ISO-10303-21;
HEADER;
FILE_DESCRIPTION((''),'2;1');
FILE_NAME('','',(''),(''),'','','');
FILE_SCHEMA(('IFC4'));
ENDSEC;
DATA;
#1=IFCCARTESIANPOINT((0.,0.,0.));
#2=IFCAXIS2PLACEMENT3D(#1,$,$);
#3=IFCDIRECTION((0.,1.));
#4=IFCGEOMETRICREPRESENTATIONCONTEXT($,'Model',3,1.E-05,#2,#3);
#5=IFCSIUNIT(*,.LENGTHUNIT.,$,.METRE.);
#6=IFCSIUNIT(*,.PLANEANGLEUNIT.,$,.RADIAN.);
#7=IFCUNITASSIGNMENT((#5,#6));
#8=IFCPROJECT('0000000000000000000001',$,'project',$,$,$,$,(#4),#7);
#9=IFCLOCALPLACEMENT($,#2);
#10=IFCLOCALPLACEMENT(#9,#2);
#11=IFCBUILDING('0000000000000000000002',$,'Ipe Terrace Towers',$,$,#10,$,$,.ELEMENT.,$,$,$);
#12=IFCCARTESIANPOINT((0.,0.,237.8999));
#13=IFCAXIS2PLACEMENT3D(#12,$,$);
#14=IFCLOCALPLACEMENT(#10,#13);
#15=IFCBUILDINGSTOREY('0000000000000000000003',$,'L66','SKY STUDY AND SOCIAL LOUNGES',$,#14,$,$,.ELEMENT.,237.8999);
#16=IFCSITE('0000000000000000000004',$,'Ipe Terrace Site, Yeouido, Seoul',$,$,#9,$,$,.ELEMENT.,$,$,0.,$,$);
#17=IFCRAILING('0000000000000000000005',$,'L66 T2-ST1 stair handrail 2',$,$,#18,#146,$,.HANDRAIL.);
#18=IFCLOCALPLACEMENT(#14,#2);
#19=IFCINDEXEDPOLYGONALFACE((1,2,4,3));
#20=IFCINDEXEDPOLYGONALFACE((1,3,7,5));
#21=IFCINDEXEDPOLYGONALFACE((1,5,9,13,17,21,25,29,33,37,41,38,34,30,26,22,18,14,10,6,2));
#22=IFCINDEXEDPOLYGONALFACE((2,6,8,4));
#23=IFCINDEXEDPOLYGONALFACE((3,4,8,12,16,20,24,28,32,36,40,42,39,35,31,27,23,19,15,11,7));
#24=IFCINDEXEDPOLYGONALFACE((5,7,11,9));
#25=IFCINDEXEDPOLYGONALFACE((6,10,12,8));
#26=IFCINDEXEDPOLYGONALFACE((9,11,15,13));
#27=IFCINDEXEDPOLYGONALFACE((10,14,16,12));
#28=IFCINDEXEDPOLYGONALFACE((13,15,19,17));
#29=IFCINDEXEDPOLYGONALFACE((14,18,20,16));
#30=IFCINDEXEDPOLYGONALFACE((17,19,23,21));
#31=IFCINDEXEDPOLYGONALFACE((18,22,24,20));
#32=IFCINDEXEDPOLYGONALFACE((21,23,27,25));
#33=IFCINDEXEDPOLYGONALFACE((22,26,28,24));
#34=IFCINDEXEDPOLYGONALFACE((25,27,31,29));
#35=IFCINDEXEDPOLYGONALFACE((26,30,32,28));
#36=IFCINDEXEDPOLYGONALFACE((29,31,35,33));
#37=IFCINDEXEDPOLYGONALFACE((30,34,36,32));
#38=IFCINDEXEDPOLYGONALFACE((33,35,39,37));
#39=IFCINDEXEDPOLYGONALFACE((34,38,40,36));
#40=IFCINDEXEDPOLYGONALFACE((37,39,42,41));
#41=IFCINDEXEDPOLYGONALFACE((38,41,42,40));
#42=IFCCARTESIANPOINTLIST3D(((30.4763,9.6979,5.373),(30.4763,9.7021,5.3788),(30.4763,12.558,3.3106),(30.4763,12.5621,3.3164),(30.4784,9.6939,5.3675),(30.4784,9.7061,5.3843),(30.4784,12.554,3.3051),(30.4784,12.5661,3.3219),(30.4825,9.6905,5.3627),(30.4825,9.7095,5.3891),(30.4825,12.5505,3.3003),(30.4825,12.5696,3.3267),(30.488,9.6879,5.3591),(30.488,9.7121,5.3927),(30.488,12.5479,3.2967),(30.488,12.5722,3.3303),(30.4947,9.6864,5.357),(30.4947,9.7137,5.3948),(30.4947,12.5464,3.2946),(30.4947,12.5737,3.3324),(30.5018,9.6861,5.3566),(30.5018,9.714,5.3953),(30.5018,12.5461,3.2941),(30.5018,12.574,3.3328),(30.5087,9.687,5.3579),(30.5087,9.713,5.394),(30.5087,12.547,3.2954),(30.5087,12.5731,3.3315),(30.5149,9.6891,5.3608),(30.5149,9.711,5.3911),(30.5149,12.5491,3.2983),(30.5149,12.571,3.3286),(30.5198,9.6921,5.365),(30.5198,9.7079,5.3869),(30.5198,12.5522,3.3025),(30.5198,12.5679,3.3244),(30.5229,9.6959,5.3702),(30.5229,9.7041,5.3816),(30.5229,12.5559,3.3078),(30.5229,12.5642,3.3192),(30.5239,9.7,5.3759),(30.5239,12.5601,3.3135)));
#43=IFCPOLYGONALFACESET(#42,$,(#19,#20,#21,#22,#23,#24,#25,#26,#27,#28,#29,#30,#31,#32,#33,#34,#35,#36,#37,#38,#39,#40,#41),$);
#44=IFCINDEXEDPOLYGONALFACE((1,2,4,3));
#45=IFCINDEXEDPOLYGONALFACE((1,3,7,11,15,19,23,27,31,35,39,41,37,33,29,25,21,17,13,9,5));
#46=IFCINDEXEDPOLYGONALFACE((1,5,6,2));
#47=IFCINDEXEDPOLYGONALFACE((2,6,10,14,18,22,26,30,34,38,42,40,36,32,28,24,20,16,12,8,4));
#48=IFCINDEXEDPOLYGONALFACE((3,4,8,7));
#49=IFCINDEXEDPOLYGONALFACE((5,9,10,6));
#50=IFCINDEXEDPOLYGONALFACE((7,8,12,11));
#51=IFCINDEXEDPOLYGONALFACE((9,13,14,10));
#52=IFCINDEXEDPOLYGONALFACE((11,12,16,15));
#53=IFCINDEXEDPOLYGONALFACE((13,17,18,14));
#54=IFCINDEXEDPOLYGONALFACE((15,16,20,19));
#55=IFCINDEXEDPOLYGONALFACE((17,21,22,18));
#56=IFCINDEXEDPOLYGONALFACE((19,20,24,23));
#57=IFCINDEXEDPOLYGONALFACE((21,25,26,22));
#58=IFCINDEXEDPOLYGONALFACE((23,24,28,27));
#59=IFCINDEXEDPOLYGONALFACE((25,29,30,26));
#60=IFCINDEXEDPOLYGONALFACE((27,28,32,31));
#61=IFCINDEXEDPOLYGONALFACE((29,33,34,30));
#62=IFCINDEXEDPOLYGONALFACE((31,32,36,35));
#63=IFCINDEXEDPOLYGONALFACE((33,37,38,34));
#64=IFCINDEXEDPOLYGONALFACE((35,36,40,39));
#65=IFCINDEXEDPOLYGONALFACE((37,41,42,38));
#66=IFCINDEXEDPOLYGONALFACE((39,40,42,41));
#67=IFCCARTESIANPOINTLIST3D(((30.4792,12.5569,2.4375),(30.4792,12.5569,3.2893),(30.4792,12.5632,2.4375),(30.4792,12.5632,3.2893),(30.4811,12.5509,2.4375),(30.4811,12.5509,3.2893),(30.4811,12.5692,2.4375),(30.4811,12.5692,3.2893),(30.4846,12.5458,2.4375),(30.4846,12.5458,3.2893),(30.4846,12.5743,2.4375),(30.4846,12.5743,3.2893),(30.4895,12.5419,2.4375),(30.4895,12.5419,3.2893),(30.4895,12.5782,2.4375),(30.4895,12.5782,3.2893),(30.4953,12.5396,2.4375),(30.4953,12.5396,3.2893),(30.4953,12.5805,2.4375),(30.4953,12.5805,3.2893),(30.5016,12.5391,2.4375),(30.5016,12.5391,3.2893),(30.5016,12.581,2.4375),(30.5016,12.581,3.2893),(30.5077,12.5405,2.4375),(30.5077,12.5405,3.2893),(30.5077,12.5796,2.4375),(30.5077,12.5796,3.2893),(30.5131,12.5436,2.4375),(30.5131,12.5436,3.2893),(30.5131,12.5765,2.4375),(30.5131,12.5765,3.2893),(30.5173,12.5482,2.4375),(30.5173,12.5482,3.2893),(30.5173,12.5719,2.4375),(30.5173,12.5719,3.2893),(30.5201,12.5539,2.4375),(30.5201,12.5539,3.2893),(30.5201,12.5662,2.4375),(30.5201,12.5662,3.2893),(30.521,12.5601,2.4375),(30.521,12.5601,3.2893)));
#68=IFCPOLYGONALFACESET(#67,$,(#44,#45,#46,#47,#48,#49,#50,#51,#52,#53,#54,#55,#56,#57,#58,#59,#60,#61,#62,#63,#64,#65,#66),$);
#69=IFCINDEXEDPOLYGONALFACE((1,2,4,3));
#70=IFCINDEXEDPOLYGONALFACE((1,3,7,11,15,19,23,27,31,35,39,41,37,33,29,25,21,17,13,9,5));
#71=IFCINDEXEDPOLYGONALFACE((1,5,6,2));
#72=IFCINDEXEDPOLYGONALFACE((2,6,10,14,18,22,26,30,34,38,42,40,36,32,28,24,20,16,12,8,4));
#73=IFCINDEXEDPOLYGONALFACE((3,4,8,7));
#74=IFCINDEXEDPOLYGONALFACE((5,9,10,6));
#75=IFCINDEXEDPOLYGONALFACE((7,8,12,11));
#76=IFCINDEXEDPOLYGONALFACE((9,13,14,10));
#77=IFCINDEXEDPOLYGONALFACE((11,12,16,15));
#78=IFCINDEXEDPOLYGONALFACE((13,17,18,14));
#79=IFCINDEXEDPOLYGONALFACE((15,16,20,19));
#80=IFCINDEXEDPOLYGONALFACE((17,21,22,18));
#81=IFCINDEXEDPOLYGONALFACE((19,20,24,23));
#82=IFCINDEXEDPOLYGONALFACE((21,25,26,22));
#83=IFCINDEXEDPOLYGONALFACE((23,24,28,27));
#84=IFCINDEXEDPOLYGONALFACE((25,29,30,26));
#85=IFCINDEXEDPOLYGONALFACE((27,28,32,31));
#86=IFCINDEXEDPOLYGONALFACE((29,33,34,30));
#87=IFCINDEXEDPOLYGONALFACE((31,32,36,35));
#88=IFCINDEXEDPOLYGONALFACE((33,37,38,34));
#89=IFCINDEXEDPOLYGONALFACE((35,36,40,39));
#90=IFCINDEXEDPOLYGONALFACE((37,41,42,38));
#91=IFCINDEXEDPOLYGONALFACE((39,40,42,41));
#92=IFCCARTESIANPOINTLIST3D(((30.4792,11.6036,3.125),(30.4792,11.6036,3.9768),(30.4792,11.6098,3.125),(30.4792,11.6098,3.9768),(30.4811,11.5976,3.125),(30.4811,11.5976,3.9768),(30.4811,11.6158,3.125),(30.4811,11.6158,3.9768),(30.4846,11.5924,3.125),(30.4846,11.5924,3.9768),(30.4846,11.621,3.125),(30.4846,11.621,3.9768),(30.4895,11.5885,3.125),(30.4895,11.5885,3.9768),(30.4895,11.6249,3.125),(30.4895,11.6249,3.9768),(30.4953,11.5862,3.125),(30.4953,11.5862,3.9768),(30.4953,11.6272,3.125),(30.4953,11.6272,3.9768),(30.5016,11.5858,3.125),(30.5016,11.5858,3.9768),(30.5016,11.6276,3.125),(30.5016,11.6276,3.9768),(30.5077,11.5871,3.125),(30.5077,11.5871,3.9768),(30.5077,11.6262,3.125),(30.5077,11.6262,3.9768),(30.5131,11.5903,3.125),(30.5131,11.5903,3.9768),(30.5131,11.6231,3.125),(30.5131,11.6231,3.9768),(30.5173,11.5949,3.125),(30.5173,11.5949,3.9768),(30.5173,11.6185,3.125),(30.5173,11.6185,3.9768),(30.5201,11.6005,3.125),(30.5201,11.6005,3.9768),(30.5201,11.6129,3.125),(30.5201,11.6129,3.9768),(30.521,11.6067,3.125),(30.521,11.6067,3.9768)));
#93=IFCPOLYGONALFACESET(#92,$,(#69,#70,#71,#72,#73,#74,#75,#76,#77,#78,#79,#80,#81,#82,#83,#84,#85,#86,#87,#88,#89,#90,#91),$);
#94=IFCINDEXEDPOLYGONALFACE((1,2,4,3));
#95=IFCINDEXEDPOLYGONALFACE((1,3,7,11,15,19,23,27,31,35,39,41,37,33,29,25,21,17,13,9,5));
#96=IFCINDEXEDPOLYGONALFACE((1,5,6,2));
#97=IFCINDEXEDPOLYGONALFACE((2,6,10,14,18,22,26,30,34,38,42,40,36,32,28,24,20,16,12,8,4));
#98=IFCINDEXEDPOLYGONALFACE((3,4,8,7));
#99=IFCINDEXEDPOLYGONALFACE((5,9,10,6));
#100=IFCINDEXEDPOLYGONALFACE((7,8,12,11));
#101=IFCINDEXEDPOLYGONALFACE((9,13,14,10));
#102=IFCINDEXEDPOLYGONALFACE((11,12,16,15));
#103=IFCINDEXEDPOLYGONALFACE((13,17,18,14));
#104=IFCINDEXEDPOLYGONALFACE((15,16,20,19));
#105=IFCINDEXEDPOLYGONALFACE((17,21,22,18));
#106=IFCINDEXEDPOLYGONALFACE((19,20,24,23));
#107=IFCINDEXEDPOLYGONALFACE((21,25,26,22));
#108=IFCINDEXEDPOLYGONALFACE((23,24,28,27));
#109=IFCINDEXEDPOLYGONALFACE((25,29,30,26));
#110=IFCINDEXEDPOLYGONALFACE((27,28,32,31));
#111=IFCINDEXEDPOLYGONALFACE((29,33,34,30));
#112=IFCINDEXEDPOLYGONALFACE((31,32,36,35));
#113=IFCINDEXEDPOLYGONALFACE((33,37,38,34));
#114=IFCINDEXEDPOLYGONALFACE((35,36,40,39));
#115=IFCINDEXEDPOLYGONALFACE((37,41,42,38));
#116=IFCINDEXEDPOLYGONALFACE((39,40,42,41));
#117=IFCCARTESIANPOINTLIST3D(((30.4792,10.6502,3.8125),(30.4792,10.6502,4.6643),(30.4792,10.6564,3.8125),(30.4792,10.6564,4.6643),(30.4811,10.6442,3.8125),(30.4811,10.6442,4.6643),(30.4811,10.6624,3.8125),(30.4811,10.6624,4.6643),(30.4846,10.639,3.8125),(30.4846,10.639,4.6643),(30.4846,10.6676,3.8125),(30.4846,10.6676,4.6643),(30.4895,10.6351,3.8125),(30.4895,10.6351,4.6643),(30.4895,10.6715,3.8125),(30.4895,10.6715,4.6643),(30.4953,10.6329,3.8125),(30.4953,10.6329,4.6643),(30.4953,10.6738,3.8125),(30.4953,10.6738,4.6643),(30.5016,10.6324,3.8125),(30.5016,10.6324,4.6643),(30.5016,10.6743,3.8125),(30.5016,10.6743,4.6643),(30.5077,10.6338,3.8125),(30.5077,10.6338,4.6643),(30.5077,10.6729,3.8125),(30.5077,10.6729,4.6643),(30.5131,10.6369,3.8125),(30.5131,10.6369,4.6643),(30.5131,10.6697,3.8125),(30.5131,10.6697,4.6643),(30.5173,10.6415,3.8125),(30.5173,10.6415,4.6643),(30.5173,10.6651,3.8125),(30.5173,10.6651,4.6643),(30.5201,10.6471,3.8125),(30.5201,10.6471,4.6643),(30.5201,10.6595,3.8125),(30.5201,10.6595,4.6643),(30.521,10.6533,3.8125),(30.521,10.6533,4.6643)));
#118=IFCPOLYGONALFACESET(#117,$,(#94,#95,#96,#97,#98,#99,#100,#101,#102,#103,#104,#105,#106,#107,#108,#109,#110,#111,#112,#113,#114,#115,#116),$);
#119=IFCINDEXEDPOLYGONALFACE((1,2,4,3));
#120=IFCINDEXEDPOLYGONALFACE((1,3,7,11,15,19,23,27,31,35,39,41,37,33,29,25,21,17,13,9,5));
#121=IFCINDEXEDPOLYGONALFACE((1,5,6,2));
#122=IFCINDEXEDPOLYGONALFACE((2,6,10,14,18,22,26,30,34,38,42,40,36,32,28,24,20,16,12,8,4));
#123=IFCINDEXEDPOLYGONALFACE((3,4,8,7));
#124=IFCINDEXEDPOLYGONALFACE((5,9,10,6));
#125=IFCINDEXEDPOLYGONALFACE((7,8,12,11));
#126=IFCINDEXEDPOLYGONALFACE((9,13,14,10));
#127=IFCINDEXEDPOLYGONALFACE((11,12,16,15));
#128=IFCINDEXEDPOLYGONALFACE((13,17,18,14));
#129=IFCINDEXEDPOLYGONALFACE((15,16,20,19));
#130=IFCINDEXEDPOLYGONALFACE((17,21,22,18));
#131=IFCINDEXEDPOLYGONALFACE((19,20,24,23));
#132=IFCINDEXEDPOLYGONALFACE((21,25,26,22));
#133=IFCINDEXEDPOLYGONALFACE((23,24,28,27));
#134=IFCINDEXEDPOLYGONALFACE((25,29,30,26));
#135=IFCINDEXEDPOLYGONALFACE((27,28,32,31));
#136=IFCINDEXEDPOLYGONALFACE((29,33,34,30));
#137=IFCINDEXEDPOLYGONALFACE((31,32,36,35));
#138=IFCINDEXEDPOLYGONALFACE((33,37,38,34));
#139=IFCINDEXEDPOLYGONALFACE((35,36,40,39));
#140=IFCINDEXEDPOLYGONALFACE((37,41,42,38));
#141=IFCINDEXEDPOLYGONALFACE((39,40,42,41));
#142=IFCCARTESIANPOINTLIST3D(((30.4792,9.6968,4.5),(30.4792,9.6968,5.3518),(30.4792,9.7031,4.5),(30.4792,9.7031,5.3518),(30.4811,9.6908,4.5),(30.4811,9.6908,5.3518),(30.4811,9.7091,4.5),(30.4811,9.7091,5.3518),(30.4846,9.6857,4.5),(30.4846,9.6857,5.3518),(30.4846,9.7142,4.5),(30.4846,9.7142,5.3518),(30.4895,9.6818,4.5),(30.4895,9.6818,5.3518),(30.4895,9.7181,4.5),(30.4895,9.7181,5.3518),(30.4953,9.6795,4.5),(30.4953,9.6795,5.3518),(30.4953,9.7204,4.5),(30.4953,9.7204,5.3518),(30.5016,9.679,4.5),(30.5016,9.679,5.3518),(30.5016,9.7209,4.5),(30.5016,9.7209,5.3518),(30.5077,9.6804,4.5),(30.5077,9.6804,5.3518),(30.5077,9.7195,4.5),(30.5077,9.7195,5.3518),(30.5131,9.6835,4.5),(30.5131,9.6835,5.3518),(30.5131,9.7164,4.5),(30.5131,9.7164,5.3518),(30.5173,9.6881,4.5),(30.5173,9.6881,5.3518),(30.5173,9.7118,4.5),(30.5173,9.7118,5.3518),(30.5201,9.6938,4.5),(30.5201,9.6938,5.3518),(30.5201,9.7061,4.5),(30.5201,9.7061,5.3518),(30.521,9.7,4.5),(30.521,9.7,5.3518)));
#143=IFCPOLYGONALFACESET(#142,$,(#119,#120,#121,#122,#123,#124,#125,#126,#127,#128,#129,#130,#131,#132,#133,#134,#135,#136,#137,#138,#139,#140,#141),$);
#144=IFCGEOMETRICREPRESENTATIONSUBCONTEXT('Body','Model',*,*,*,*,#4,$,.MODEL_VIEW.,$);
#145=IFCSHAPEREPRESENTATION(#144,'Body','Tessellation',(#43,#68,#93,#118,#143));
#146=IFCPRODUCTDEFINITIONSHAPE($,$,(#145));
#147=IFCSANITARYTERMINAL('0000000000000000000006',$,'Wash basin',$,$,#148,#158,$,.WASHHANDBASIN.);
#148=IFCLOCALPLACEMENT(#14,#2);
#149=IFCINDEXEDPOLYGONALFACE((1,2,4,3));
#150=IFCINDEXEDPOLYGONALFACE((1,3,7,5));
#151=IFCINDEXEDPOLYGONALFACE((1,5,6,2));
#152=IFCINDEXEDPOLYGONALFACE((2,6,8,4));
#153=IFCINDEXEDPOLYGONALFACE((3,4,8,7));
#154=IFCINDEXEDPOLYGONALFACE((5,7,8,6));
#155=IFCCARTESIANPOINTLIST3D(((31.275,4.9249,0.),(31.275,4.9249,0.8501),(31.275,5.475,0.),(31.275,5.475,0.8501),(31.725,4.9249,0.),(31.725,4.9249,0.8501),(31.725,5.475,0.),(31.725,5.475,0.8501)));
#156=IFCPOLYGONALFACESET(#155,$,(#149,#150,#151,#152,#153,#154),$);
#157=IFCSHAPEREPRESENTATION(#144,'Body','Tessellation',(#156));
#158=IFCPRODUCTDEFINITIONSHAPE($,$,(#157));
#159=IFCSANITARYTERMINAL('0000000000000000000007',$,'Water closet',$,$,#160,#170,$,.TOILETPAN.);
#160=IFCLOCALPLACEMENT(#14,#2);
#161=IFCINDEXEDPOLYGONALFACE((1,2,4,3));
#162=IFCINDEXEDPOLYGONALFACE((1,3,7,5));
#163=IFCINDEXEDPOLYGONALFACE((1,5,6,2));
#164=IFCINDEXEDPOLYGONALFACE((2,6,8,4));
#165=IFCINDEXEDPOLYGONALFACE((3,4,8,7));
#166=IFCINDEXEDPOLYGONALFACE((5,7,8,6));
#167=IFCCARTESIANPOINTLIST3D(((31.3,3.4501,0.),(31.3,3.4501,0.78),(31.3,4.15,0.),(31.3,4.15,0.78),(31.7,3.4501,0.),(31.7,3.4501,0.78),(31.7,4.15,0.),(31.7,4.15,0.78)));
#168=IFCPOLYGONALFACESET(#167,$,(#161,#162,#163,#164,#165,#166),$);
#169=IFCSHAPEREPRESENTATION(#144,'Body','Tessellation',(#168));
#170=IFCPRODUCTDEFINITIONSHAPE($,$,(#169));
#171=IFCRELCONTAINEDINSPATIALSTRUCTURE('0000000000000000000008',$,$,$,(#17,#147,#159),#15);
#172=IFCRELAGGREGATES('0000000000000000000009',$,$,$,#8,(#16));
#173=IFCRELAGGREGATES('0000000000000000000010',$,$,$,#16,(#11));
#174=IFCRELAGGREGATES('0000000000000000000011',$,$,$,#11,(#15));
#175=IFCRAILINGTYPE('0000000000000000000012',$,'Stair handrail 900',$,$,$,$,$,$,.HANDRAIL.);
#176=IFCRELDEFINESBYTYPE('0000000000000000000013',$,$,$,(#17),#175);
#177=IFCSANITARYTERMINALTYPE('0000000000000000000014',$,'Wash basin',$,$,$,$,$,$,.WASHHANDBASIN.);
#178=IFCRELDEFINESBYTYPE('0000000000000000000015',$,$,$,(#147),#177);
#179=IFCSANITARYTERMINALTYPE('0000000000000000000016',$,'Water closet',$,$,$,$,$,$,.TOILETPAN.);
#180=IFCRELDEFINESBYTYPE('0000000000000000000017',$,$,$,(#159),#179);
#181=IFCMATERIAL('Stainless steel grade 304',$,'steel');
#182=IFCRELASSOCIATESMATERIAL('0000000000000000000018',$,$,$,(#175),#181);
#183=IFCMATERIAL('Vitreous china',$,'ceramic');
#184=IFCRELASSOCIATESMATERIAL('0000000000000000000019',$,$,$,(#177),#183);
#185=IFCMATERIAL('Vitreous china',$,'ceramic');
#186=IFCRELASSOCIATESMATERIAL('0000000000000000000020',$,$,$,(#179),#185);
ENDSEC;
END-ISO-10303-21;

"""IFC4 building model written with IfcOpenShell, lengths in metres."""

from ifc_helpers import new_model, si_unit, direction, frame, origin, origin_2d, place, context, subcontext, project, spatial, rectangle, circle, extrude, material, type_object, element, save


model = new_model("IFC4")

# Units and contexts
model_context = context("Model", 3, precision=1e-05, world=origin(), true_north=direction((0.0, 1.0)))
body_context = subcontext(model_context, "Body", "Model", "MODEL_VIEW")
ifc_project = project(units=[si_unit("LENGTHUNIT", "METRE"), si_unit("PLANEANGLEUNIT", "RADIAN")], contexts=[model_context])

# Site, building, storey
site_placement = place(None, origin())
site = spatial("IfcSite", under=ifc_project, at=site_placement, Name="Ipe Terrace Site, Yeouido, Seoul", CompositionType="ELEMENT", RefElevation=0.0)
building_placement = place(site_placement, origin())
building = spatial("IfcBuilding", under=site, at=building_placement, Name="Ipe Terrace Towers", CompositionType="ELEMENT")
storey_placement = place(building_placement, frame((0.0, 0.0, 237.8999)))
storey = spatial("IfcBuildingStorey", under=building, at=storey_placement, Name="L66", Description="SKY STUDY AND SOCIAL LOUNGES", CompositionType="ELEMENT", Elevation=237.8999)

# Railing
ifc_material_1 = material(Name="Stainless steel grade 304", Category="steel")
railing_type_1 = type_object("IfcRailingType", Name="Stair handrail 900", PredefinedType="HANDRAIL", material=ifc_material_1)
railing_1_placement = place(storey_placement, frame((30.5, 12.5601, 2.4375)))
element("IfcRailing", 1, at=railing_1_placement, inside=storey, type_object=railing_type_1, Name="L66 T2-ST1 stair handrail 2", PredefinedType="HANDRAIL", context=body_context, shape_type="SweptSolid", body=[
    extrude(circle(Radius=0.0239, at=origin_2d()), frame((0.0, 0.0, 0.876), z_axis=(0.0, -0.811101, 0.584906), x_axis=(1.0, 0.0, 0.0)), (0.0, 0.0, 1.0), 3.5261),
    extrude(circle(Radius=0.021, at=origin_2d()), origin(), (0.0, 0.0, 1.0), 0.8518),
    extrude(circle(Radius=0.021, at=origin_2d()), frame((0.0, -0.9534, 0.6875)), (0.0, 0.0, 1.0), 0.8518),
    extrude(circle(Radius=0.021, at=origin_2d()), frame((0.0, -1.9067, 1.375)), (0.0, 0.0, 1.0), 0.8518),
    extrude(circle(Radius=0.021, at=origin_2d()), frame((0.0, -2.8601, 2.0625)), (0.0, 0.0, 1.0), 0.8518),
])

# Sanitary terminals
ifc_material_2 = material(Name="Vitreous china", Category="ceramic")
sanitary_terminal_type_1 = type_object("IfcSanitaryTerminalType", Name="Wash basin", PredefinedType="WASHHANDBASIN", material=ifc_material_2)
sanitary_terminal_1_placement = place(storey_placement, frame((31.5, 5.2, 0.0), z_axis=(0.0, 0.0, 1.0), x_axis=(0.0, 1.0, 0.0)))
element("IfcSanitaryTerminal", 2, at=sanitary_terminal_1_placement, inside=storey, type_object=sanitary_terminal_type_1, Name="Wash basin", PredefinedType="WASHHANDBASIN", context=body_context, shape_type="SweptSolid", body=[
    extrude(rectangle(XDim=0.55, YDim=0.45, at=origin_2d()), origin(), (0.0, 0.0, 1.0), 0.8501),
])
ifc_material_3 = material(Name="Vitreous china", Category="ceramic")
sanitary_terminal_type_2 = type_object("IfcSanitaryTerminalType", Name="Water closet", PredefinedType="TOILETPAN", material=ifc_material_3)
sanitary_terminal_2_placement = place(storey_placement, frame((31.5, 3.8, 0.0), z_axis=(0.0, 0.0, 1.0), x_axis=(0.0, 1.0, 0.0)))
element("IfcSanitaryTerminal", 3, at=sanitary_terminal_2_placement, inside=storey, type_object=sanitary_terminal_type_2, Name="Water closet", PredefinedType="TOILETPAN", context=body_context, shape_type="SweptSolid", body=[
    extrude(rectangle(XDim=0.7, YDim=0.3999, at=origin_2d()), origin(), (0.0, 0.0, 1.0), 0.78),
])

save(model, "model.ifc")
